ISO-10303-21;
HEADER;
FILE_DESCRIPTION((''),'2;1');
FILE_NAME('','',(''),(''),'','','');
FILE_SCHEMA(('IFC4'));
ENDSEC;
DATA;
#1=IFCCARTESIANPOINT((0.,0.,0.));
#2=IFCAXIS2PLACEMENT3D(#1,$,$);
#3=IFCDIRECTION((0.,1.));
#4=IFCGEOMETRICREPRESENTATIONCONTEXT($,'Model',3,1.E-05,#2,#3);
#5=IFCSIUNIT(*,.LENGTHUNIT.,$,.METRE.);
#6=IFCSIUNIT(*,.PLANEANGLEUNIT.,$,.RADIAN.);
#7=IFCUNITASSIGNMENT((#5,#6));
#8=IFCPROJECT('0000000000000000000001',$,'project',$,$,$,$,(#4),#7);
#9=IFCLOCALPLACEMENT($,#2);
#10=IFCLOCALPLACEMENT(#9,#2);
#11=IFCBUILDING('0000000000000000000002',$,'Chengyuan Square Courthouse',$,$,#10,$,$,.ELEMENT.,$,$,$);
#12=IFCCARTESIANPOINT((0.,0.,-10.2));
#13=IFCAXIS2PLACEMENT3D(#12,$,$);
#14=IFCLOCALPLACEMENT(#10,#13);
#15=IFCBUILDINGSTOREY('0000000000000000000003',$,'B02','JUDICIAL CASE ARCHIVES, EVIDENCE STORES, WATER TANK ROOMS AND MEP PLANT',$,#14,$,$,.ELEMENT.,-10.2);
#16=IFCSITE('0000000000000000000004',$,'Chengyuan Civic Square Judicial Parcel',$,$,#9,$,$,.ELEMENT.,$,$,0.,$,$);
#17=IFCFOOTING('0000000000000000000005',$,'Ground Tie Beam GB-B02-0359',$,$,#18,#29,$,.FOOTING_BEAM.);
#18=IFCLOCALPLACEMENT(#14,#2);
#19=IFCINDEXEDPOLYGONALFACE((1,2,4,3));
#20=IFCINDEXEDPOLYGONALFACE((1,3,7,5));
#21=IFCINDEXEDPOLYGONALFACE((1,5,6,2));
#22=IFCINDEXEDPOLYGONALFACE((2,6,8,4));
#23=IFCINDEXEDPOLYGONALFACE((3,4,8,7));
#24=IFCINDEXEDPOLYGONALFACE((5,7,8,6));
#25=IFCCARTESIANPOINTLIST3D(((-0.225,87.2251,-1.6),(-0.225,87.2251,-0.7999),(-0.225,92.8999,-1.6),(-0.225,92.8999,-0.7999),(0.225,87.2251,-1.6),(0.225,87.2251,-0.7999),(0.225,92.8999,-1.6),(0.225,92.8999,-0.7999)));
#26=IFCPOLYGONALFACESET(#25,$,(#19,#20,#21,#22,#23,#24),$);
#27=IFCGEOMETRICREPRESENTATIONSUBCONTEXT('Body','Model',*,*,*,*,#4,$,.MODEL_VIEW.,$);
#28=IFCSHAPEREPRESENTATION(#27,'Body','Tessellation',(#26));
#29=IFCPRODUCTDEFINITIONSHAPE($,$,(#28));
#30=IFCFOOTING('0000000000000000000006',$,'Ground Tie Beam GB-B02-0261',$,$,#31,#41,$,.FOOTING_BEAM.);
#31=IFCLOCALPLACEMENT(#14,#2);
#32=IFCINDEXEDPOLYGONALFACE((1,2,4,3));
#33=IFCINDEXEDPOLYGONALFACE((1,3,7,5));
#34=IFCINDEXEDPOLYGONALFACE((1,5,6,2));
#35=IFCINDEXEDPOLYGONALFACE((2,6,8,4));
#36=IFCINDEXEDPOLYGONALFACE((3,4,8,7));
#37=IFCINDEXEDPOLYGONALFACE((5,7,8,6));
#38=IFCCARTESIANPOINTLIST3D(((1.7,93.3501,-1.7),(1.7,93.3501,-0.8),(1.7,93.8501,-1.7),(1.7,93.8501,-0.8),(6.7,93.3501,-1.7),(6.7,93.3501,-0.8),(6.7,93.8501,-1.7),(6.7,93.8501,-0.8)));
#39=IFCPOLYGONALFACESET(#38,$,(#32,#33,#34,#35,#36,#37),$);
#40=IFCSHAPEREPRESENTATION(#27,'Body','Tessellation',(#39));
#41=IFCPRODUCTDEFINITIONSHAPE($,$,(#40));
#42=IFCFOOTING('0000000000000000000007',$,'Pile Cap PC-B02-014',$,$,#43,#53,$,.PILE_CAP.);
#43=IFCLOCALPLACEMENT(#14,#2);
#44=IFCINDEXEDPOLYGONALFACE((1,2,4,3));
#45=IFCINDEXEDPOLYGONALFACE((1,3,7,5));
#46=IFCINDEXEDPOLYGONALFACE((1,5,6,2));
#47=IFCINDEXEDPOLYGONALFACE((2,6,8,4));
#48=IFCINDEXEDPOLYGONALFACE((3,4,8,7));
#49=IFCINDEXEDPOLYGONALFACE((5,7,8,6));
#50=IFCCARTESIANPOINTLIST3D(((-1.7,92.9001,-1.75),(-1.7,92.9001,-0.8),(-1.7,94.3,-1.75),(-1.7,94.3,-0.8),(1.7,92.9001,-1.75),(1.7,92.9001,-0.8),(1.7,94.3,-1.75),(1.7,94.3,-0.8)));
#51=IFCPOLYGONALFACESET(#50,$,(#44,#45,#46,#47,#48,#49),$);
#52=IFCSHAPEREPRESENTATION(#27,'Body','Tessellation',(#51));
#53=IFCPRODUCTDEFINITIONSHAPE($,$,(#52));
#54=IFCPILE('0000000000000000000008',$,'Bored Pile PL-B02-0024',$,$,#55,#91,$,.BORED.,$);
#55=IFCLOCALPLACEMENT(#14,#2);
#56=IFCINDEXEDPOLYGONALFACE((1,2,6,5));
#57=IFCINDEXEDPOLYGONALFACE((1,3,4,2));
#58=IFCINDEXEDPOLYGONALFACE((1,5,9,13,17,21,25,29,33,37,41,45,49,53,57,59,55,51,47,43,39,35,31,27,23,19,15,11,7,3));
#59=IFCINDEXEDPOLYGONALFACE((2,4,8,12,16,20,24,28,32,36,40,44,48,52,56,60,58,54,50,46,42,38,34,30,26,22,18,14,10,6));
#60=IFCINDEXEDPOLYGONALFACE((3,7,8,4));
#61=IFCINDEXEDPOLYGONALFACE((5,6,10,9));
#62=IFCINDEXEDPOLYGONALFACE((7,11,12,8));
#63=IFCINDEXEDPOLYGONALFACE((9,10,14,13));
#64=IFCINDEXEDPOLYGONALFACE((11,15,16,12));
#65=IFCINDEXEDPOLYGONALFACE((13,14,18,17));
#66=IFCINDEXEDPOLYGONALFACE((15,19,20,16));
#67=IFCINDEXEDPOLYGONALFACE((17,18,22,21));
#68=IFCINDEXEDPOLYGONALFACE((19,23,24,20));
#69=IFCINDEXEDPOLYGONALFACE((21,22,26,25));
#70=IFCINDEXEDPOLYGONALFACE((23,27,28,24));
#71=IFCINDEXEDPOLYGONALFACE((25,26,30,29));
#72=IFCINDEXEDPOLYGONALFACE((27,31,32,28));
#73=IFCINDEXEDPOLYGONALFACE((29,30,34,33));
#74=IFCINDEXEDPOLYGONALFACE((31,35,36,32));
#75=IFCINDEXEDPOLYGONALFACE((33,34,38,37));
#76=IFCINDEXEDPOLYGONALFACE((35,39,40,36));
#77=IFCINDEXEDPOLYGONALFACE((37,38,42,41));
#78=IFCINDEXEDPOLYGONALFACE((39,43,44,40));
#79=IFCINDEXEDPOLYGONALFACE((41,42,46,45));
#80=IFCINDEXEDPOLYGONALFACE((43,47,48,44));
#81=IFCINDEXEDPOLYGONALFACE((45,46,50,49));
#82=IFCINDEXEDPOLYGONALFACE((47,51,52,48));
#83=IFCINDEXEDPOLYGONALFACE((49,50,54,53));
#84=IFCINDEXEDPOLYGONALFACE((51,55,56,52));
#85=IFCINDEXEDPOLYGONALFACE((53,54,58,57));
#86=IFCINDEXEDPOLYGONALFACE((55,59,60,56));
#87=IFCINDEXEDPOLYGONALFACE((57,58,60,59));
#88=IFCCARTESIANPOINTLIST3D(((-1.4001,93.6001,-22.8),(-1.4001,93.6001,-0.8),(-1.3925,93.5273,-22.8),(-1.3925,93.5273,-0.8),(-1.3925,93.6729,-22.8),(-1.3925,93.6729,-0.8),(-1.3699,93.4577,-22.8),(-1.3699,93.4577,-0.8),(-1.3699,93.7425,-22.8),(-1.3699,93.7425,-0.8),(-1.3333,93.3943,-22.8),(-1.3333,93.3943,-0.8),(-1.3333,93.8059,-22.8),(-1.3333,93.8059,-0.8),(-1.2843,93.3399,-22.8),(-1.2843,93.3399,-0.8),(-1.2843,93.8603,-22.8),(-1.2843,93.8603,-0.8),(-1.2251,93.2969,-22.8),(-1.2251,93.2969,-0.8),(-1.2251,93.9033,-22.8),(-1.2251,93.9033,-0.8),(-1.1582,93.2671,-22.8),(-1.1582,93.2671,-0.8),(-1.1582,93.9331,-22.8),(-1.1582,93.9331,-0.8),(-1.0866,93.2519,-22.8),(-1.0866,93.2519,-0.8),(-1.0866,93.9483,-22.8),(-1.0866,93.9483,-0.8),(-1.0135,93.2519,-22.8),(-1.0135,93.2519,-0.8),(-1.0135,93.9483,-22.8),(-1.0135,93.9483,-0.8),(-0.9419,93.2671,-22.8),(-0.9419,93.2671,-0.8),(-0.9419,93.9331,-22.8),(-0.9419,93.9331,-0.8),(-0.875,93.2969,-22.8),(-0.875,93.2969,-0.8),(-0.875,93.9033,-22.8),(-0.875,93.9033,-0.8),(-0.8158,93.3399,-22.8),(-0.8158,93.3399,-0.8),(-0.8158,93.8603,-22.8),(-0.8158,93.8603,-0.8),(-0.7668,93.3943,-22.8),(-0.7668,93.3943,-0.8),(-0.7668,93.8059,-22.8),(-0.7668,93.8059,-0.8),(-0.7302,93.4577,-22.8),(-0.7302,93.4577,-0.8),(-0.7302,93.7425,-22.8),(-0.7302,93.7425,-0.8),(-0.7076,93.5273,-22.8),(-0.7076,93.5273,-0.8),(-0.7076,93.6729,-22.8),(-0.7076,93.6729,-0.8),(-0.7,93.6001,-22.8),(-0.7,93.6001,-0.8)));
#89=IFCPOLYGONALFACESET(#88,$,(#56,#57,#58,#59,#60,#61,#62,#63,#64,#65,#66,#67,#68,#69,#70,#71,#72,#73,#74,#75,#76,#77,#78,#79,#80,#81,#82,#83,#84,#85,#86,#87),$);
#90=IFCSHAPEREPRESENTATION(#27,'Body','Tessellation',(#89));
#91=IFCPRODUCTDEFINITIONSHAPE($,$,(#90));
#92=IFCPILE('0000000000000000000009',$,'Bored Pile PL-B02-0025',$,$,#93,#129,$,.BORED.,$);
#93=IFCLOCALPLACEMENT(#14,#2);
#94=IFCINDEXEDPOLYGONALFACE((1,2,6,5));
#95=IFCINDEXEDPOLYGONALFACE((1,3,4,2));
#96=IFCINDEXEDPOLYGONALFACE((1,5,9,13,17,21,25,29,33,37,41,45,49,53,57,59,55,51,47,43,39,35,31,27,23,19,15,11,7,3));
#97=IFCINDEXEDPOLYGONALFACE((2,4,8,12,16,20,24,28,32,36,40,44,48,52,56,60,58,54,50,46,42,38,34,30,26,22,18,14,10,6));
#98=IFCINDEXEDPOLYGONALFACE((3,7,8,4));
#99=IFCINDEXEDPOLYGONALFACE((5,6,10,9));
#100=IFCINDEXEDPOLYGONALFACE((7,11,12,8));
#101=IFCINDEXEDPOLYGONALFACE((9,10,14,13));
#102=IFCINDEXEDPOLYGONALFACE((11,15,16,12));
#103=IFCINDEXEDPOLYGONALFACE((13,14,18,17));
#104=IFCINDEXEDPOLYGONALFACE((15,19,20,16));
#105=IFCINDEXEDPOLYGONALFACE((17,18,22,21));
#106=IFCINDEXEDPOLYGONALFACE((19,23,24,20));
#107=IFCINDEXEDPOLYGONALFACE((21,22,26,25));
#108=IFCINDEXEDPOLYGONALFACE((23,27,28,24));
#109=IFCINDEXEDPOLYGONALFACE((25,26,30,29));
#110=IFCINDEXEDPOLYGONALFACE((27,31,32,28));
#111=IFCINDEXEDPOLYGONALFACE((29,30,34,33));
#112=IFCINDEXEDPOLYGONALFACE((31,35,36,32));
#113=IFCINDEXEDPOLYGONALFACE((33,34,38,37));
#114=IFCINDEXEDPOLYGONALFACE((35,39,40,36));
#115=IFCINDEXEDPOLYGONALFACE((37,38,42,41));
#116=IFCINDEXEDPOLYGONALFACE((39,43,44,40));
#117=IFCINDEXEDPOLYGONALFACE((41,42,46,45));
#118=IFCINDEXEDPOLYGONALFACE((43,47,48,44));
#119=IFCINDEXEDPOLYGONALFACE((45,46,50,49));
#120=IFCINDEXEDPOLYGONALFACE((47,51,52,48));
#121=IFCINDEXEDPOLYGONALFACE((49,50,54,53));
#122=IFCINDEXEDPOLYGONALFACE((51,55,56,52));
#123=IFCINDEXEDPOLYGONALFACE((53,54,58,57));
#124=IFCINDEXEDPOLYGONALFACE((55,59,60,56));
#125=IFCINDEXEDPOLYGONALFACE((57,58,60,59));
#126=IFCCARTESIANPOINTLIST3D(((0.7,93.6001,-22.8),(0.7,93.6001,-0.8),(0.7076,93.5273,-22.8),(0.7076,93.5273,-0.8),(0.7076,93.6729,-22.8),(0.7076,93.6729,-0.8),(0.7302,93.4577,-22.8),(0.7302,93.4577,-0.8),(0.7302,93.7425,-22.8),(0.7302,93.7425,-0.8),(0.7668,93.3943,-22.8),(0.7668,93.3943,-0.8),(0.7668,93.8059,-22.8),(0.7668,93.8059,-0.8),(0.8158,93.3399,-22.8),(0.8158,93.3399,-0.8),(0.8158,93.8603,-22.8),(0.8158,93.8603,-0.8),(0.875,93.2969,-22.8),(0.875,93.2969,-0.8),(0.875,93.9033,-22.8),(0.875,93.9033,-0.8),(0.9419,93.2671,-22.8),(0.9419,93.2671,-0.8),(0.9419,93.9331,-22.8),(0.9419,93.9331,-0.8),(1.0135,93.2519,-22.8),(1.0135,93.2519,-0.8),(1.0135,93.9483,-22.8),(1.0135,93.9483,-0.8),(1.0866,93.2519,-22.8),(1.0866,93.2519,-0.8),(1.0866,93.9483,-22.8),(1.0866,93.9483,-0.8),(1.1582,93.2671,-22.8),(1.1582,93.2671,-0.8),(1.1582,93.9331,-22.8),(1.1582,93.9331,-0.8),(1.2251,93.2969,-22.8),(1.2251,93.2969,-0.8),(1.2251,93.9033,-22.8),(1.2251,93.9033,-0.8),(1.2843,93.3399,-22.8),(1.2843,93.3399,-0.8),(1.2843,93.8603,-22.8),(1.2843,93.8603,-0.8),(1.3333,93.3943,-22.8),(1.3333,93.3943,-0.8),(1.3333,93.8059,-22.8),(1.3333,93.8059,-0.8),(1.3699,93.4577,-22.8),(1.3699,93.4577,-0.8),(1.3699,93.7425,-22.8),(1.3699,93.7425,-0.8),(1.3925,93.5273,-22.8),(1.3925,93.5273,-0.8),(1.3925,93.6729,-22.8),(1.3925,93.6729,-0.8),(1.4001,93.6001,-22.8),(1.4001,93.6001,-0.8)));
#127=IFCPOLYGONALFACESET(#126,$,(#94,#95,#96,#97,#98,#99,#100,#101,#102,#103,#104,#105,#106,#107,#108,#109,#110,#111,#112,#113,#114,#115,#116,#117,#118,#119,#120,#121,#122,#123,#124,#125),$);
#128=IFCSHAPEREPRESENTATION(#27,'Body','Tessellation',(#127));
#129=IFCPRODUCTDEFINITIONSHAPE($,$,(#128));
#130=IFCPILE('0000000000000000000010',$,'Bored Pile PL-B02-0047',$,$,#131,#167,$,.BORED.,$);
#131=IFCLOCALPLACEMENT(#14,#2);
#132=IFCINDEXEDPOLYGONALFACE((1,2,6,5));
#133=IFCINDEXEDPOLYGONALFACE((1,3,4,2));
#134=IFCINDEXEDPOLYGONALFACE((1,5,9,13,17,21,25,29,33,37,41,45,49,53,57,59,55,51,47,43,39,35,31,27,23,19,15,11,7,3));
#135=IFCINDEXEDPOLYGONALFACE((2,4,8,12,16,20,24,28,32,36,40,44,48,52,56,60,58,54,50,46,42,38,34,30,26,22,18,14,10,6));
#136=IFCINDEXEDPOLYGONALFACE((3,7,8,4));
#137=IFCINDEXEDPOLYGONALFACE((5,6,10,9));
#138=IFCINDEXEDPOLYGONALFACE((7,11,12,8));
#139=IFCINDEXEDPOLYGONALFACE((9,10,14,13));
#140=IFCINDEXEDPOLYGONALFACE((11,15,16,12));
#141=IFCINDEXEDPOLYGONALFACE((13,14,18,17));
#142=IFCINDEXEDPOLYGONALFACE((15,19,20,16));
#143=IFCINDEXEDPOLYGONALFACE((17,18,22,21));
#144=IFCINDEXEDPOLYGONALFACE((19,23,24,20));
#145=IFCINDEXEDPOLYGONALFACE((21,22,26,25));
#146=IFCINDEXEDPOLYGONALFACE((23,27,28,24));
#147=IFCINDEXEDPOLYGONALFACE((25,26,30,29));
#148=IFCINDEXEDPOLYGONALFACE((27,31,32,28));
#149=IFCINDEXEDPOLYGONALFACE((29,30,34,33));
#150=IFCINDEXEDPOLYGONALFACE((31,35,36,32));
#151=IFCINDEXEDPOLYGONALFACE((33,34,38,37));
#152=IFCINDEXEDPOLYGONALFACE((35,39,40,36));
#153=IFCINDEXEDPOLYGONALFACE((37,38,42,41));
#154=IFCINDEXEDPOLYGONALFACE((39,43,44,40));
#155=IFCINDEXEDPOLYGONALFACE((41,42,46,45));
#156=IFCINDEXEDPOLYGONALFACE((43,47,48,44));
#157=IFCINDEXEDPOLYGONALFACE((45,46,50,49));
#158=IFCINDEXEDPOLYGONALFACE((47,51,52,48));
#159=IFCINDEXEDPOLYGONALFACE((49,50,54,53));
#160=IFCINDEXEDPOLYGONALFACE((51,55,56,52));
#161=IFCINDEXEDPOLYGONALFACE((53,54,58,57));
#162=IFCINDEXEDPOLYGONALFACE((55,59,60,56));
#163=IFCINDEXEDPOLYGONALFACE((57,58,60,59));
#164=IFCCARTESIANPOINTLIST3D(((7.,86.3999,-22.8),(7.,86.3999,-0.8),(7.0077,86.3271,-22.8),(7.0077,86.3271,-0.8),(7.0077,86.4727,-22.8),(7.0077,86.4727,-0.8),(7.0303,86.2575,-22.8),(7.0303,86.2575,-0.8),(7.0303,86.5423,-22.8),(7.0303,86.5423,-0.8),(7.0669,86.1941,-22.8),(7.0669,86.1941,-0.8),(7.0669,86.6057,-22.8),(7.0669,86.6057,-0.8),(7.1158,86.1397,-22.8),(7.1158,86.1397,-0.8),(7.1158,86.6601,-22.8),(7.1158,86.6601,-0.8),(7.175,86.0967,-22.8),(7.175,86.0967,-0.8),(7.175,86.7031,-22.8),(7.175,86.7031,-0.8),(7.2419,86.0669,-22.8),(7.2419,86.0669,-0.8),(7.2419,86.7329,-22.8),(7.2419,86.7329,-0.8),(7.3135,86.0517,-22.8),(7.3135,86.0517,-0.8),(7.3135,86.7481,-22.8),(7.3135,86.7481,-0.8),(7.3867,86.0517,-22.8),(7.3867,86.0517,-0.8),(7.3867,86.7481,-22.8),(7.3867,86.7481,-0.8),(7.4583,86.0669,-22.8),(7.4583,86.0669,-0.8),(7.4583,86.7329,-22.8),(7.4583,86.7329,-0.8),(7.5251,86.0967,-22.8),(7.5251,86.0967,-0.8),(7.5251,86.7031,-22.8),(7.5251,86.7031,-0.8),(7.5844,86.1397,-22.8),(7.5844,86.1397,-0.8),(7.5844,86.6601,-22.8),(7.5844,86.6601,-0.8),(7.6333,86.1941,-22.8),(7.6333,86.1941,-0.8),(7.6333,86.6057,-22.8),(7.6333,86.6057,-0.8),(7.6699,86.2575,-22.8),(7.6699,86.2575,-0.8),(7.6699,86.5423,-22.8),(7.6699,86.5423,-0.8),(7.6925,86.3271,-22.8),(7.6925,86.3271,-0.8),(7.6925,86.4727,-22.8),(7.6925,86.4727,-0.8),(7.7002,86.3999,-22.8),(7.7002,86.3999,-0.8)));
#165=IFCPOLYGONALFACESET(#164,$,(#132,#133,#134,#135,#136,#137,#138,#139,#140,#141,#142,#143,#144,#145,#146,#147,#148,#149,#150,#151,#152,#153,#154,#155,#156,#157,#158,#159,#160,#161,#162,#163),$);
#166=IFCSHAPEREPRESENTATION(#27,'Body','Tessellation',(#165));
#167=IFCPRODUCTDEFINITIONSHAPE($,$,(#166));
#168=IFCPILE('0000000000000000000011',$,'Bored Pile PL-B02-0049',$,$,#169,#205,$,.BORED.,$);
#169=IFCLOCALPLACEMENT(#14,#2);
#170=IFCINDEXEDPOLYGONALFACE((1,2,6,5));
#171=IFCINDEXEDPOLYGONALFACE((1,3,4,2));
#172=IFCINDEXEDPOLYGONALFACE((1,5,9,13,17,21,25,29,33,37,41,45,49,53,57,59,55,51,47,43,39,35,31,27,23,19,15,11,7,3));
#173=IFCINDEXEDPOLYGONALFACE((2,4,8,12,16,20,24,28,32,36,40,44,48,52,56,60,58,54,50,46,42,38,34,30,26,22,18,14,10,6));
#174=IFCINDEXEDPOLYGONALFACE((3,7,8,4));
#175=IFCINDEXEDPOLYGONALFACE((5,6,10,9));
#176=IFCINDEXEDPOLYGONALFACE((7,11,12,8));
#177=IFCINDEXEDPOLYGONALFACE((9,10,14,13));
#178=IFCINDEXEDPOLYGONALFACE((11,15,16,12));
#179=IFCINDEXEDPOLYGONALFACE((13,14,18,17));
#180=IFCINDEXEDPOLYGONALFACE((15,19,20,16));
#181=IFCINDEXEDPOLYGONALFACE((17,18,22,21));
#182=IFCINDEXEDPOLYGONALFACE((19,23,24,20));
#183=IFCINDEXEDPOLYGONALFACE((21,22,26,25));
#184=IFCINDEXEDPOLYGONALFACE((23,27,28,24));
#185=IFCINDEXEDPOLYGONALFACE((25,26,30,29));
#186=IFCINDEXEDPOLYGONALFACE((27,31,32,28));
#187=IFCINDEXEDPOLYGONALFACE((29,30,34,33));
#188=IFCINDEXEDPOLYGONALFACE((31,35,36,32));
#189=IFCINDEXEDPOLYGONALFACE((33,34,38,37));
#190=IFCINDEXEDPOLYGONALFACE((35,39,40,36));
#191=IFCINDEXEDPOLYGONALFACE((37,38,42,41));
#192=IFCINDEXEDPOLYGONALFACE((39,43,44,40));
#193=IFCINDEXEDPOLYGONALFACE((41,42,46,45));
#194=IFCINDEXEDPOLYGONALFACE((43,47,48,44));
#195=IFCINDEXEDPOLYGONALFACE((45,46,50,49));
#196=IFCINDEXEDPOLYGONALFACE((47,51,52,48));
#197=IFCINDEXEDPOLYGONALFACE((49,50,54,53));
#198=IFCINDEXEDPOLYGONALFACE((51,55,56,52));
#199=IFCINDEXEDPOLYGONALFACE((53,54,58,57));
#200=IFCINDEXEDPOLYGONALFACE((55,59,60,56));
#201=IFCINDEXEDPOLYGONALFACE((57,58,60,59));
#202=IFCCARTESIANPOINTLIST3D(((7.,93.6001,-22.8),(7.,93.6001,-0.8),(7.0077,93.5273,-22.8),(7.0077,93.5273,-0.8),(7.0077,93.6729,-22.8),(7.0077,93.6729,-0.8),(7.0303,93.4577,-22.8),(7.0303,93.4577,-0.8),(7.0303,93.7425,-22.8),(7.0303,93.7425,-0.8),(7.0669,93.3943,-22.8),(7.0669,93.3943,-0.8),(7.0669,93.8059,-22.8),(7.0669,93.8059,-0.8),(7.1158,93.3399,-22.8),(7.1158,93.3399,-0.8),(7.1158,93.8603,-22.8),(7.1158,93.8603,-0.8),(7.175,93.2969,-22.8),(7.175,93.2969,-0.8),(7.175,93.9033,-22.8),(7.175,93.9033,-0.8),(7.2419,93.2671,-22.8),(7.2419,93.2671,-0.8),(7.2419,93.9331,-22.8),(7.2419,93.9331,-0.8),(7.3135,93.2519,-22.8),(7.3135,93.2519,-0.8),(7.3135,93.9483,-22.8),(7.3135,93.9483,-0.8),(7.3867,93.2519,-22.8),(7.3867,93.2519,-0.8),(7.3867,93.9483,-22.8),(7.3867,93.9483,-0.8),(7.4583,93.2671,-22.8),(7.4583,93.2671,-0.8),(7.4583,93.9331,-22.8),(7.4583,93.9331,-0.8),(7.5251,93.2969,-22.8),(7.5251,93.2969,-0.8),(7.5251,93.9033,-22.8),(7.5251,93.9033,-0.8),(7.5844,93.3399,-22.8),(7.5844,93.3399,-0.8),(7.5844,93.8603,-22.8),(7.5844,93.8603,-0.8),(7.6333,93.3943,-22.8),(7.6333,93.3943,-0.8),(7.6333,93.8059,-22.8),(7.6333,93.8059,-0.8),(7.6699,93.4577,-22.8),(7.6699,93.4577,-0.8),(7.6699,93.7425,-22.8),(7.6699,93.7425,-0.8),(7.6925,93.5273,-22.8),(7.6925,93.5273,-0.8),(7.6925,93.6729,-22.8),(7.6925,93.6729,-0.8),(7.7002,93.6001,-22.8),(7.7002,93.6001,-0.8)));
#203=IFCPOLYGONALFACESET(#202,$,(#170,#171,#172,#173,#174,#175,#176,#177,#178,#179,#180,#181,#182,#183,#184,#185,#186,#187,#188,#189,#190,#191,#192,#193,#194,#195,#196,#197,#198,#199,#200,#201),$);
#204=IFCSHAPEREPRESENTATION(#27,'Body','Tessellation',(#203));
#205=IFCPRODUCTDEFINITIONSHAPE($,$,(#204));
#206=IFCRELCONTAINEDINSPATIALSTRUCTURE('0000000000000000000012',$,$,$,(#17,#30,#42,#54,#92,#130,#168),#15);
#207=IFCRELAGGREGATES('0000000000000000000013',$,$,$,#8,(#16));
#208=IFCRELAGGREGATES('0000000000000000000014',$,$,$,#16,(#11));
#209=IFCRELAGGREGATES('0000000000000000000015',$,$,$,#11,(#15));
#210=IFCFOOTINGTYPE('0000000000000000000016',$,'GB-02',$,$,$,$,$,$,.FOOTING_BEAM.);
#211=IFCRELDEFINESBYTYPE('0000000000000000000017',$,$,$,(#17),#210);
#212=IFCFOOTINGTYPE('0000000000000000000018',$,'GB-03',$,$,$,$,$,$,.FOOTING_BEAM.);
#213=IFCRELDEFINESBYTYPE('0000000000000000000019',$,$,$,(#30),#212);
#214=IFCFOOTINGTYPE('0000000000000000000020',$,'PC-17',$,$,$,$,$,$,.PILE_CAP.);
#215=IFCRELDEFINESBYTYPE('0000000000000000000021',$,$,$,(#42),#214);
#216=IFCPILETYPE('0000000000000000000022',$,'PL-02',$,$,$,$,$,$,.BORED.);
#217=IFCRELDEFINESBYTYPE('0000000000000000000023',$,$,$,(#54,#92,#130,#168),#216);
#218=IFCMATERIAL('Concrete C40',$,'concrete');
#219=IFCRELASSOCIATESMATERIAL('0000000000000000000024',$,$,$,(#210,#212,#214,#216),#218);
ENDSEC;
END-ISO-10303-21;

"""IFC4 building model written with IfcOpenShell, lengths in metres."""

from ifc_helpers import new_model, si_unit, direction, frame, origin, origin_2d, place, context, subcontext, project, spatial, rectangle, circle, extrude, material, material_profile, profile_set, type_object, element, save


model = new_model("IFC4")

# Units and contexts
model_context = context("Model", 3, precision=1e-05, world=origin(), true_north=direction((0.0, 1.0)))
body_context = subcontext(model_context, "Body", "Model", "MODEL_VIEW")
ifc_project = project(units=[si_unit("LENGTHUNIT", "METRE"), si_unit("PLANEANGLEUNIT", "RADIAN")], contexts=[model_context])

# Site, building, storey
site_placement = place(None, origin())
site = spatial("IfcSite", under=ifc_project, at=site_placement, Name="Chengyuan Civic Square Judicial Parcel", CompositionType="ELEMENT", RefElevation=0.0)
building_placement = place(site_placement, origin())
building = spatial("IfcBuilding", under=site, at=building_placement, Name="Chengyuan Square Courthouse", CompositionType="ELEMENT")
storey_placement = place(building_placement, frame((0.0, 0.0, -10.2)))
storey = spatial("IfcBuildingStorey", under=building, at=storey_placement, Name="B02", Description="JUDICIAL CASE ARCHIVES, EVIDENCE STORES, WATER TANK ROOMS AND MEP PLANT", CompositionType="ELEMENT", Elevation=-10.2)

# Footings
ifc_material_1 = material(Name="Concrete C40", Category="concrete")
ifc_material_profile_1 = material_profile(ifc_material_1, rectangle(XDim=0.45, YDim=0.8, at=origin_2d()), Name="GB-450x800")
ifc_profile_set_1 = profile_set([ifc_material_profile_1], Name="Concrete C40")
footing_type_1 = type_object("IfcFootingType", Name="GB-02", PredefinedType="FOOTING_BEAM", material=ifc_profile_set_1)
footing_1_placement = place(storey_placement, frame((0.0, 87.2251, -1.2), z_axis=(0.0, 1.0, 0.0), x_axis=(-1.0, 0.0, 0.0)))
element("IfcFooting", 1, at=footing_1_placement, inside=storey, type_object=footing_type_1, Name="Ground Tie Beam GB-B02-0359", PredefinedType="FOOTING_BEAM", context=body_context, shape_type="SweptSolid", body=[
    extrude(rectangle(XDim=0.45, YDim=0.8, at=origin_2d()), origin(), (0.0, 0.0, 1.0), 5.6748),
])
ifc_material_profile_2 = material_profile(ifc_material_1, rectangle(XDim=0.5, YDim=0.8999, at=origin_2d()), Name="GB-500x900")
ifc_profile_set_2 = profile_set([ifc_material_profile_2], Name="Concrete C40")
footing_type_2 = type_object("IfcFootingType", Name="GB-03", PredefinedType="FOOTING_BEAM", material=ifc_profile_set_2)
footing_2_placement = place(storey_placement, frame((1.7, 93.6001, -1.25), z_axis=(1.0, 0.0, 0.0), x_axis=(0.0, 1.0, 0.0)))
element("IfcFooting", 2, at=footing_2_placement, inside=storey, type_object=footing_type_2, Name="Ground Tie Beam GB-B02-0261", PredefinedType="FOOTING_BEAM", context=body_context, shape_type="SweptSolid", body=[
    extrude(rectangle(XDim=0.5, YDim=0.8999, at=origin_2d()), origin(), (0.0, 0.0, 1.0), 5.0),
])
footing_type_3 = type_object("IfcFootingType", Name="PC-17", PredefinedType="PILE_CAP", material=ifc_material_1)
footing_3_placement = place(storey_placement, frame((0.0, 93.6001, -1.75), z_axis=(0.0, 0.0, 1.0), x_axis=(1.0, 0.0, 0.0)))
element("IfcFooting", 3, at=footing_3_placement, inside=storey, type_object=footing_type_3, Name="Pile Cap PC-B02-014", PredefinedType="PILE_CAP", context=body_context, shape_type="SweptSolid", body=[
    extrude(rectangle(XDim=3.3999, YDim=1.3999, at=origin_2d()), origin(), (0.0, 0.0, 1.0), 0.95),
])

# Piles
ifc_material_profile_3 = material_profile(ifc_material_1, circle(Radius=0.3501, at=origin_2d()), Name="BORED PILE D700")
ifc_profile_set_3 = profile_set([ifc_material_profile_3], Name="Concrete C40")
pile_type = type_object("IfcPileType", Name="PL-02", PredefinedType="BORED", material=ifc_profile_set_3)
for number, where, z_axis, x_axis, name in (
    (4, (-1.05, 93.6001, -0.8), (0.0, 0.0, -1.0), (1.0, 0.0, 0.0), "Bored Pile PL-B02-0024"),
    (5, (1.05, 93.6001, -0.8), (0.0, 0.0, -1.0), (1.0, 0.0, 0.0), "Bored Pile PL-B02-0025"),
    (6, (7.3501, 86.3999, -0.8), (0.0, 0.0, -1.0), (1.0, 0.0, 0.0), "Bored Pile PL-B02-0047"),
    (7, (7.3501, 93.6001, -0.8), (0.0, 0.0, -1.0), (1.0, 0.0, 0.0), "Bored Pile PL-B02-0049"),
):
    element("IfcPile", number, at=place(storey_placement, frame(where, z_axis=z_axis, x_axis=x_axis)), inside=storey, type_object=pile_type, Name=name, PredefinedType="BORED", context=body_context, shape_type="SweptSolid", body=[
        extrude(circle(Radius=0.3501, at=origin_2d()), origin(), (0.0, 0.0, 1.0), 22.0),
    ])

save(model, "model.ifc")
